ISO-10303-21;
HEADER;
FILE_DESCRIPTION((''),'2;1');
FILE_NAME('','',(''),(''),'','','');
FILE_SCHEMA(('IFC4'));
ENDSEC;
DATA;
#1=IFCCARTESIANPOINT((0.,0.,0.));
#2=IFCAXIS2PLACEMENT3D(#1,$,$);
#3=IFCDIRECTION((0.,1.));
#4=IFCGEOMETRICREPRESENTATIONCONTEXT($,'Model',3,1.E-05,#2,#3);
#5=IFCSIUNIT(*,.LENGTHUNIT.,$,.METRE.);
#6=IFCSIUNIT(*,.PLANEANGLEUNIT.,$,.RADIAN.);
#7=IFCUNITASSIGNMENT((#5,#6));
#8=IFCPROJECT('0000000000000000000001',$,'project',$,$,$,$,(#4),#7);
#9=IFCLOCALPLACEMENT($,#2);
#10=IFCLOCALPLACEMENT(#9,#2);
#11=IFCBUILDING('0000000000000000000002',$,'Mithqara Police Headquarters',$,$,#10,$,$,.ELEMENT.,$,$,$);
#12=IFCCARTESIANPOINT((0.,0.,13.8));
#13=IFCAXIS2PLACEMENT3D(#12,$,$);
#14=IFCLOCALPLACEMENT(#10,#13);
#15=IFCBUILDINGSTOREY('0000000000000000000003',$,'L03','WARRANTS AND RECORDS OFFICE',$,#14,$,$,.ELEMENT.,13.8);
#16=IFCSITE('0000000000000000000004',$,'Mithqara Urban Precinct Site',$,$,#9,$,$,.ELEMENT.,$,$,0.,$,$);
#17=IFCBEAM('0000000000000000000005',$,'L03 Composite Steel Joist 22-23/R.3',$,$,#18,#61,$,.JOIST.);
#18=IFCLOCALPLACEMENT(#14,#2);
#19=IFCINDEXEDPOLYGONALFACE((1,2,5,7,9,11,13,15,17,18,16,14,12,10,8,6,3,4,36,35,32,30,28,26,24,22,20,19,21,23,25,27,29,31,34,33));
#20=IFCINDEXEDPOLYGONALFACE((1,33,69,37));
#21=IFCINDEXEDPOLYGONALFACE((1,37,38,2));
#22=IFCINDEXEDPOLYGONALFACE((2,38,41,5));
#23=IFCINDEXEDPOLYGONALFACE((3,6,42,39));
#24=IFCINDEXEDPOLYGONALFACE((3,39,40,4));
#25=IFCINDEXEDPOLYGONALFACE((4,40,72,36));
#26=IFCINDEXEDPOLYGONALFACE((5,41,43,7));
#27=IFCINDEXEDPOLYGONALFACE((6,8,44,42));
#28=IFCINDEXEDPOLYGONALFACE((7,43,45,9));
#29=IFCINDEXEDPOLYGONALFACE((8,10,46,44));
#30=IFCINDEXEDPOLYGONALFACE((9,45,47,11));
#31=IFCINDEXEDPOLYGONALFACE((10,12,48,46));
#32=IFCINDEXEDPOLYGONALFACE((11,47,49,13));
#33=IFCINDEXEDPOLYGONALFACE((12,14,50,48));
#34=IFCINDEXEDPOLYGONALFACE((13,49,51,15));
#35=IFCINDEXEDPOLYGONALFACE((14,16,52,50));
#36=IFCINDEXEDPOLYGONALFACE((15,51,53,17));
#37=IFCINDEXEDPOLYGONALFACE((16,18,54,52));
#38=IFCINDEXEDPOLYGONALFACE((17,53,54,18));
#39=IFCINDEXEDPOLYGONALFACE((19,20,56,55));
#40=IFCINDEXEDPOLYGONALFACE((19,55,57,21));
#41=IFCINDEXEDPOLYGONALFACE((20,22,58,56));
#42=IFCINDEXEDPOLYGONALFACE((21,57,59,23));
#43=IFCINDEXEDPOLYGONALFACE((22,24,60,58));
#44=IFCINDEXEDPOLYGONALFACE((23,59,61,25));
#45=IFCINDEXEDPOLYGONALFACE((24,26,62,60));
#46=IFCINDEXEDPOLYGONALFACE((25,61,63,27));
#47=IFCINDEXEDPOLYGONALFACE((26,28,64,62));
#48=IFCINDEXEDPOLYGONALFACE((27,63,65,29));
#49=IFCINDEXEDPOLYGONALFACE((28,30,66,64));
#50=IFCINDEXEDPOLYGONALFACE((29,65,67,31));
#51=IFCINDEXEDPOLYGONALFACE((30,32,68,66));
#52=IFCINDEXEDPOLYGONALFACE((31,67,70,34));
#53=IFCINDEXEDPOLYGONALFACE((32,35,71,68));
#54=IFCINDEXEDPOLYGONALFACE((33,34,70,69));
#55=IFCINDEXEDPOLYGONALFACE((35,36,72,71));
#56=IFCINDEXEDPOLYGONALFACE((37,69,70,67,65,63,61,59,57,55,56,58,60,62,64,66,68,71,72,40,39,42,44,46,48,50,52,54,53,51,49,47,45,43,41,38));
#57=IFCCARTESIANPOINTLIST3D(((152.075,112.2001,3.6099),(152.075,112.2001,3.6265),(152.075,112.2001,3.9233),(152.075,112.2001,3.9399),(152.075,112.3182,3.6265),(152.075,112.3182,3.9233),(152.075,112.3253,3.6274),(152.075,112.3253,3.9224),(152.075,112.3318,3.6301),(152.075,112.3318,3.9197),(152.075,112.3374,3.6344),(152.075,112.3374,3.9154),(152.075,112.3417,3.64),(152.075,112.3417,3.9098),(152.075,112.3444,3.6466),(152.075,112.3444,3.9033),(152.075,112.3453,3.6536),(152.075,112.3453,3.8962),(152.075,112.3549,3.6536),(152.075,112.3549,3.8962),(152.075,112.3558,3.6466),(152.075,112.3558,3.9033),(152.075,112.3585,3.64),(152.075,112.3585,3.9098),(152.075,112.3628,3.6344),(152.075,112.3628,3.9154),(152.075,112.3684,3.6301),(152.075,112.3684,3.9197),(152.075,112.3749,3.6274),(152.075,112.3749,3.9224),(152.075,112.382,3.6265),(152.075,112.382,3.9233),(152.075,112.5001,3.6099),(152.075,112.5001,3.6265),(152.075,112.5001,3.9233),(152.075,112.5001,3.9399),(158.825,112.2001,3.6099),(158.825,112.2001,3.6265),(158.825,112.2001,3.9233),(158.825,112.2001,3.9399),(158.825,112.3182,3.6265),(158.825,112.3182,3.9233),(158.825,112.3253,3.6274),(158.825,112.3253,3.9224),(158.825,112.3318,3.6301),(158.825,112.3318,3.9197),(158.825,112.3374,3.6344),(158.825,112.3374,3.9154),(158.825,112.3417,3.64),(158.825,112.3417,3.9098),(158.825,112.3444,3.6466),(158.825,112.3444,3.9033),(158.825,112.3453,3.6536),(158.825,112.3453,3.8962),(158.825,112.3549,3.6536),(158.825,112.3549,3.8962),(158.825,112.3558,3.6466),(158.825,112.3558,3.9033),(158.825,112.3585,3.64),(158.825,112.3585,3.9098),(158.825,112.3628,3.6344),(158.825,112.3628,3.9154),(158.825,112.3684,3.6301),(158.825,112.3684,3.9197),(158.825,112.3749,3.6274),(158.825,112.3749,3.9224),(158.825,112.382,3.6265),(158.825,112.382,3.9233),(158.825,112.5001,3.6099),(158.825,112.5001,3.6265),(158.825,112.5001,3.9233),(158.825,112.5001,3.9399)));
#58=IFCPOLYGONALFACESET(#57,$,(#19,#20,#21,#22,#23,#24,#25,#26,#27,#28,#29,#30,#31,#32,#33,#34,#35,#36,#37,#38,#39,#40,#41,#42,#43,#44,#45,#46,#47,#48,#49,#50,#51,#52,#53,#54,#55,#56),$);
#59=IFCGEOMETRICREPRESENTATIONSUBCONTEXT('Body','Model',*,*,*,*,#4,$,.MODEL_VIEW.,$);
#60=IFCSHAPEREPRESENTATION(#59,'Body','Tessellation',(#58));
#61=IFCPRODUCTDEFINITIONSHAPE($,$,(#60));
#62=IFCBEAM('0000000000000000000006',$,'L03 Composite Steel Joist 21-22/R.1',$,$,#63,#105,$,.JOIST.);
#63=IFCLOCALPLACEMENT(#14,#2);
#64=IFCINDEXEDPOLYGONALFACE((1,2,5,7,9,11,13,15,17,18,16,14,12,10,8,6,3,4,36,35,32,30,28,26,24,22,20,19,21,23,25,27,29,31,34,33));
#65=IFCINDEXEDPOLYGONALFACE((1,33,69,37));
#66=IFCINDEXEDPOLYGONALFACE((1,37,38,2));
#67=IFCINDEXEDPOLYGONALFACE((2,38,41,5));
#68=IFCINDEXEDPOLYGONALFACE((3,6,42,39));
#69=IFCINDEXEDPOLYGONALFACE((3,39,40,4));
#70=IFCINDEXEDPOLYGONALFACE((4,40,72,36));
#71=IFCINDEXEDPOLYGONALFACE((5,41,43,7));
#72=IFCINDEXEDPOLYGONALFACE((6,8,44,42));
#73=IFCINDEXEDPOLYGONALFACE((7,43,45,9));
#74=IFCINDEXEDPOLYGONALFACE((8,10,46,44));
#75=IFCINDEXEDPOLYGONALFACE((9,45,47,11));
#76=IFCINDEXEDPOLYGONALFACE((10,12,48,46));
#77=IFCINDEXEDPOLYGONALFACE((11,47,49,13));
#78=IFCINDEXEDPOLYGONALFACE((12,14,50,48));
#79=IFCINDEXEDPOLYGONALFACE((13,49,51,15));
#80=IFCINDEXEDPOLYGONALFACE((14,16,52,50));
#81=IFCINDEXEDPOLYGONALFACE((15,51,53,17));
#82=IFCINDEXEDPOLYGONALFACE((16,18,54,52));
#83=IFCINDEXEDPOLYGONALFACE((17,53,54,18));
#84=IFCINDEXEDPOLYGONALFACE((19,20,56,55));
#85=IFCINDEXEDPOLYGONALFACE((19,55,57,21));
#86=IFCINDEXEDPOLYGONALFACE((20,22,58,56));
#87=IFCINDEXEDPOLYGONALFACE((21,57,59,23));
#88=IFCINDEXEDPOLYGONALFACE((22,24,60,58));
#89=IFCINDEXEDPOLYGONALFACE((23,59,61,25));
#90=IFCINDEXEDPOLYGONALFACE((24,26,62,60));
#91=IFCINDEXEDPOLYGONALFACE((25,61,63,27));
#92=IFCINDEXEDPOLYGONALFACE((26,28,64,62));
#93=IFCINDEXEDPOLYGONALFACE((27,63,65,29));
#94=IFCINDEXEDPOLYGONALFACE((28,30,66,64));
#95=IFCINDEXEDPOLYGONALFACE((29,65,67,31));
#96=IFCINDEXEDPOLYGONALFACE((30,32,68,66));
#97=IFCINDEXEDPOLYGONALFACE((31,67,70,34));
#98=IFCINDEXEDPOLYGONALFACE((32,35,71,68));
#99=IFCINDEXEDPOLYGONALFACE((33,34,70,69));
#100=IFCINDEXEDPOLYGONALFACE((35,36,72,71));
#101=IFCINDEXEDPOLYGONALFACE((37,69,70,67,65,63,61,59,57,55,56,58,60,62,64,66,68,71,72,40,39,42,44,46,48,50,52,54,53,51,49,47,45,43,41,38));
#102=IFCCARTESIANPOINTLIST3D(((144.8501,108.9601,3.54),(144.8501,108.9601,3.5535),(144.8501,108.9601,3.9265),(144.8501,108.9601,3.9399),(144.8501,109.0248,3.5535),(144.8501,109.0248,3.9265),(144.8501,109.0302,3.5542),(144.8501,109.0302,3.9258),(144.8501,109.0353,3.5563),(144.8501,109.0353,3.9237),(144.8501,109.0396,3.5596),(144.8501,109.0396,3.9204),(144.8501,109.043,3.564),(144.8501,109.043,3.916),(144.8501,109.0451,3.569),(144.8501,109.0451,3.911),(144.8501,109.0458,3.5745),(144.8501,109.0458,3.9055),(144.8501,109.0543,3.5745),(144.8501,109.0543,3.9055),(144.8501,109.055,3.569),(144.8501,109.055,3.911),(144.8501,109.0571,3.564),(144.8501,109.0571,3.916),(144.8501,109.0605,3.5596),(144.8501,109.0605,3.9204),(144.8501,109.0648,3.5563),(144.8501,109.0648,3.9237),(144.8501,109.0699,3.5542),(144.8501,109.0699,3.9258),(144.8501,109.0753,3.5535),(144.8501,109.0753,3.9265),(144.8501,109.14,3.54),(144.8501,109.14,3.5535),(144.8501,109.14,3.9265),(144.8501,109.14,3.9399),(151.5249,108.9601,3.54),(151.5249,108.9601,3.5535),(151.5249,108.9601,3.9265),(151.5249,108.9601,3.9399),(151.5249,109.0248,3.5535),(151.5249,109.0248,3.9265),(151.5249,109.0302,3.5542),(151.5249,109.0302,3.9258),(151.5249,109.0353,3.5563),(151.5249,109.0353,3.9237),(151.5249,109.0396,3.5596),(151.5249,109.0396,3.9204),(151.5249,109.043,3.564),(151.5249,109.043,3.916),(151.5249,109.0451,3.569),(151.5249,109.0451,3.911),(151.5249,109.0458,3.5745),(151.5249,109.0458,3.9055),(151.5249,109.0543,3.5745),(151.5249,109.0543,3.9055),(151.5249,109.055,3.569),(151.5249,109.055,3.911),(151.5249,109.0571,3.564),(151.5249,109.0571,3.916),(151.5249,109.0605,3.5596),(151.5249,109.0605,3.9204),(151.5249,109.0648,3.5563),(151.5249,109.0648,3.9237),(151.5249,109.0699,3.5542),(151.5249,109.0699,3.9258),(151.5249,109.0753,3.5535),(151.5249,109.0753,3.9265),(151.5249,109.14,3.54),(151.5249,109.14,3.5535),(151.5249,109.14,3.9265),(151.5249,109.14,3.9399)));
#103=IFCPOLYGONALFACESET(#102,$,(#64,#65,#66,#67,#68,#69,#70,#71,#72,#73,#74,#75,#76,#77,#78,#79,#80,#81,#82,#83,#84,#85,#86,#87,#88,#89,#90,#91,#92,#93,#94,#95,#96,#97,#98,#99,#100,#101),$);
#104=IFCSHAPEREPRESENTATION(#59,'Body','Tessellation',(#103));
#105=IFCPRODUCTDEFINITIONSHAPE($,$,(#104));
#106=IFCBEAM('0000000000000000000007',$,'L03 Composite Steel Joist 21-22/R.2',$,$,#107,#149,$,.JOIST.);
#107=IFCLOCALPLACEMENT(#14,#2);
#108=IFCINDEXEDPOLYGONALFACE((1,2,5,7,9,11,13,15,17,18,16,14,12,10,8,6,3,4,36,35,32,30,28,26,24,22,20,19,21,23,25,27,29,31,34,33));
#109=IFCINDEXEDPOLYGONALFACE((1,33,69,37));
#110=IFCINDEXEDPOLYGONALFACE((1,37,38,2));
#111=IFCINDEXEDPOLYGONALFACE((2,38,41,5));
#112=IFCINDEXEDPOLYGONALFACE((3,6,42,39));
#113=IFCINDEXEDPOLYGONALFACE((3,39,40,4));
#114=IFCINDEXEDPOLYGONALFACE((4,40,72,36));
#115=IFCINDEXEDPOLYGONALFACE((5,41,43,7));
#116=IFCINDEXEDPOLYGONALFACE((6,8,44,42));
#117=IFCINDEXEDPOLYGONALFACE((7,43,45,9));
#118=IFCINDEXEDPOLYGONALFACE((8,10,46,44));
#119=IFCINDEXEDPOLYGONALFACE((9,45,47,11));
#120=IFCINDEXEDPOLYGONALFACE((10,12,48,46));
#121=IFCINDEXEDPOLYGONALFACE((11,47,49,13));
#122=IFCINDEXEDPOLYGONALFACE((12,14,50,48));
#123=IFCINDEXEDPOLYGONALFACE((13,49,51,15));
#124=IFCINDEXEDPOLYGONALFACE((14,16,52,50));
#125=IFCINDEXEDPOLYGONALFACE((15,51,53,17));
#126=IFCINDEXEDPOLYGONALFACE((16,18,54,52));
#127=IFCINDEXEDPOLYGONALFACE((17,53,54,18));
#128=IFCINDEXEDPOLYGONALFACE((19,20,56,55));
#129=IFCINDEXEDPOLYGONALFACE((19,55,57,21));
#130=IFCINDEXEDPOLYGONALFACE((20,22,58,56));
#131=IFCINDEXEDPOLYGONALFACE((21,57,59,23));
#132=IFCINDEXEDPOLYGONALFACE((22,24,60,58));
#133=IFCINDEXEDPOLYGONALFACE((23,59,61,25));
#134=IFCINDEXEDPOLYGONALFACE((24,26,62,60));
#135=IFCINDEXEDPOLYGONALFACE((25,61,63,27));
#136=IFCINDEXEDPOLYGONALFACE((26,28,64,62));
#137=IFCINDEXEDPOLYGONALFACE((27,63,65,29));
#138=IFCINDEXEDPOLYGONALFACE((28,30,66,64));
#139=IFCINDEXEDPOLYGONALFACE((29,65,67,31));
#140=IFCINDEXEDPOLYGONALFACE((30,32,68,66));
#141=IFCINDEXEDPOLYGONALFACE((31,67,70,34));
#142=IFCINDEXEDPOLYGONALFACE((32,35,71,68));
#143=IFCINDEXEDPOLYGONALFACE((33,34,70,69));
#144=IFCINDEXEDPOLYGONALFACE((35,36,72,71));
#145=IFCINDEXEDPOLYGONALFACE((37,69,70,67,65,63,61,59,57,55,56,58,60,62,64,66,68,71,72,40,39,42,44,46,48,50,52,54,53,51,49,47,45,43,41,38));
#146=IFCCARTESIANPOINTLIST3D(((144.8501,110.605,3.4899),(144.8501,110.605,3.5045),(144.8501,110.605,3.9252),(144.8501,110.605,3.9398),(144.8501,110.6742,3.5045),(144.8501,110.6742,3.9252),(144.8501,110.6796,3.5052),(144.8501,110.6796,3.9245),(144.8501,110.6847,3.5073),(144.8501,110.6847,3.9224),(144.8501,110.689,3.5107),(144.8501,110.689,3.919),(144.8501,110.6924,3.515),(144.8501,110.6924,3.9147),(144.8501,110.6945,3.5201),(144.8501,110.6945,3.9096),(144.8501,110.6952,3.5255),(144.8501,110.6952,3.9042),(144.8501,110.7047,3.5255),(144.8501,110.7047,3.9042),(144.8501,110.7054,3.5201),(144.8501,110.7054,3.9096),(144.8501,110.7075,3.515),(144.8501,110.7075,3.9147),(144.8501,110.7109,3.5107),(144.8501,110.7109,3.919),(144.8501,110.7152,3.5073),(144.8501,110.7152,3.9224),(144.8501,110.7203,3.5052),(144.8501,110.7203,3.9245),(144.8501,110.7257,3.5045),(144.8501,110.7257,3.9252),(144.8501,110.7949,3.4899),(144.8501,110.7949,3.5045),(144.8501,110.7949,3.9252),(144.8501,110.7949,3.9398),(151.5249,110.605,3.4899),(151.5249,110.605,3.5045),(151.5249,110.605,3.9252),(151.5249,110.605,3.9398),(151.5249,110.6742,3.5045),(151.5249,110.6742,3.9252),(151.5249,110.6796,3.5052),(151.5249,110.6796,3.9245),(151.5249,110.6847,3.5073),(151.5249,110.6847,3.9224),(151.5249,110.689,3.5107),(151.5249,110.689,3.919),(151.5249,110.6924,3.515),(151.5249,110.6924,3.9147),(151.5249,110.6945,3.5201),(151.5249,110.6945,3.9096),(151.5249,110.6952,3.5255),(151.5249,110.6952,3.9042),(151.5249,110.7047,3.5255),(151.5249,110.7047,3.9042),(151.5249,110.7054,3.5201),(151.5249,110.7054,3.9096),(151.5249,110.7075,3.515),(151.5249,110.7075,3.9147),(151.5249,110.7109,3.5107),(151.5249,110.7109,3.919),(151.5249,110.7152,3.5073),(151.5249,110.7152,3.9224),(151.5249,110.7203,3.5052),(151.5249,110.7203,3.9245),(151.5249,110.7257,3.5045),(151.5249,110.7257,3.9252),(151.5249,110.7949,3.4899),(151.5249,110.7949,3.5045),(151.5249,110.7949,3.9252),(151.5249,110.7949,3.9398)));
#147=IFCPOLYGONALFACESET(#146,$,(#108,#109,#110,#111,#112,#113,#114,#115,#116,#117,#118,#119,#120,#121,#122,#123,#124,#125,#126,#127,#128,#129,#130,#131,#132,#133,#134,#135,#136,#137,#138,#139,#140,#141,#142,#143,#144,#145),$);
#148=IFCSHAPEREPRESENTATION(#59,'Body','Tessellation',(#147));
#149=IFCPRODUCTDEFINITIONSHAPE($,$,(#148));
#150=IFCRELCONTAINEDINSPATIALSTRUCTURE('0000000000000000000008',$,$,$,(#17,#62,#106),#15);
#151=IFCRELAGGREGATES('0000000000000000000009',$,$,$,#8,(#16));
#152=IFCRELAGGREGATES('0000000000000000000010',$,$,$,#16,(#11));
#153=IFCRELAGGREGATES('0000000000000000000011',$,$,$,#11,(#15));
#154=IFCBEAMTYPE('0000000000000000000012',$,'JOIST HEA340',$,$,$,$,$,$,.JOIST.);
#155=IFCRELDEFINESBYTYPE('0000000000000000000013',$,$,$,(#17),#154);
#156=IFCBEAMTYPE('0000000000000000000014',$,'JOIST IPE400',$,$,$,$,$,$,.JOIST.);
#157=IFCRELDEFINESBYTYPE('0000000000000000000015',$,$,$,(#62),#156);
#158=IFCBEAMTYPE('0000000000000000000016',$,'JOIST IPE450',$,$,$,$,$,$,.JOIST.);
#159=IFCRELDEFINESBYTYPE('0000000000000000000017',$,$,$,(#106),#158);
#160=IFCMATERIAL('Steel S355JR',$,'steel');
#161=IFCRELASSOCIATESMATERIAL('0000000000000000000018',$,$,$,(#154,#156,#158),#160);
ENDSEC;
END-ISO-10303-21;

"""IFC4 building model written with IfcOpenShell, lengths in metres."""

from ifc_helpers import new_model, si_unit, direction, frame, origin, origin_2d, place, context, subcontext, project, spatial, i_section, extrude, material, material_profile, profile_set, type_object, element, save


model = new_model("IFC4")

# Units and contexts
model_context = context("Model", 3, precision=1e-05, world=origin(), true_north=direction((0.0, 1.0)))
body_context = subcontext(model_context, "Body", "Model", "MODEL_VIEW")
ifc_project = project(units=[si_unit("LENGTHUNIT", "METRE"), si_unit("PLANEANGLEUNIT", "RADIAN")], contexts=[model_context])

# Site, building, storey
site_placement = place(None, origin())
site = spatial("IfcSite", under=ifc_project, at=site_placement, Name="Mithqara Urban Precinct Site", CompositionType="ELEMENT", RefElevation=0.0)
building_placement = place(site_placement, origin())
building = spatial("IfcBuilding", under=site, at=building_placement, Name="Mithqara Police Headquarters", CompositionType="ELEMENT")
storey_placement = place(building_placement, frame((0.0, 0.0, 13.8)))
storey = spatial("IfcBuildingStorey", under=building, at=storey_placement, Name="L03", Description="WARRANTS AND RECORDS OFFICE", CompositionType="ELEMENT", Elevation=13.8)

# Beams
ifc_material_1 = material(Name="Steel S355JR", Category="steel")
ifc_material_profile_1 = material_profile(ifc_material_1, i_section(OverallWidth=0.3, OverallDepth=0.3301, WebThickness=0.0095, FlangeThickness=0.0166, FilletRadius=0.0271, at=origin_2d()), Name="HEA 340")
ifc_profile_set_1 = profile_set([ifc_material_profile_1], Name="Steel S355JR")
beam_type_1 = type_object("IfcBeamType", Name="JOIST HEA340", PredefinedType="JOIST", material=ifc_profile_set_1)
beam_1_placement = place(storey_placement, frame((152.075, 112.3501, 3.7749), z_axis=(1.0, 0.0, 0.0), x_axis=(0.0, 1.0, 0.0)))
element("IfcBeam", 1, at=beam_1_placement, inside=storey, type_object=beam_type_1, Name="L03 Composite Steel Joist 22-23/R.3", PredefinedType="JOIST", context=body_context, shape_type="SweptSolid", body=[
    extrude(i_section(OverallWidth=0.3, OverallDepth=0.3301, WebThickness=0.0095, FlangeThickness=0.0166, FilletRadius=0.0271, at=origin_2d()), origin(), (0.0, 0.0, 1.0), 6.75),
])
ifc_material_profile_2 = material_profile(ifc_material_1, i_section(OverallWidth=0.1799, OverallDepth=0.3999, WebThickness=0.0085, FlangeThickness=0.0134, FilletRadius=0.021, at=origin_2d()), Name="IPE 400")
ifc_profile_set_2 = profile_set([ifc_material_profile_2], Name="Steel S355JR")
beam_type_2 = type_object("IfcBeamType", Name="JOIST IPE400", PredefinedType="JOIST", material=ifc_profile_set_2)
beam_2_placement = place(storey_placement, frame((144.8501, 109.05, 3.74), z_axis=(1.0, 0.0, 0.0), x_axis=(0.0, 1.0, 0.0)))
element("IfcBeam", 2, at=beam_2_placement, inside=storey, type_object=beam_type_2, Name="L03 Composite Steel Joist 21-22/R.1", PredefinedType="JOIST", context=body_context, shape_type="SweptSolid", body=[
    extrude(i_section(OverallWidth=0.1799, OverallDepth=0.3999, WebThickness=0.0085, FlangeThickness=0.0134, FilletRadius=0.021, at=origin_2d()), origin(), (0.0, 0.0, 1.0), 6.6748),
])
ifc_material_profile_3 = material_profile(ifc_material_1, i_section(OverallWidth=0.1899, OverallDepth=0.45, WebThickness=0.0095, FlangeThickness=0.0146, FilletRadius=0.021, at=origin_2d()), Name="IPE 450")
ifc_profile_set_3 = profile_set([ifc_material_profile_3], Name="Steel S355JR")
beam_type_3 = type_object("IfcBeamType", Name="JOIST IPE450", PredefinedType="JOIST", material=ifc_profile_set_3)
beam_3_placement = place(storey_placement, frame((144.8501, 110.7, 3.7148), z_axis=(1.0, 0.0, 0.0), x_axis=(0.0, 1.0, 0.0)))
element("IfcBeam", 3, at=beam_3_placement, inside=storey, type_object=beam_type_3, Name="L03 Composite Steel Joist 21-22/R.2", PredefinedType="JOIST", context=body_context, shape_type="SweptSolid", body=[
    extrude(i_section(OverallWidth=0.1899, OverallDepth=0.45, WebThickness=0.0095, FlangeThickness=0.0146, FilletRadius=0.021, at=origin_2d()), origin(), (0.0, 0.0, 1.0), 6.6748),
])

save(model, "model.ifc")
